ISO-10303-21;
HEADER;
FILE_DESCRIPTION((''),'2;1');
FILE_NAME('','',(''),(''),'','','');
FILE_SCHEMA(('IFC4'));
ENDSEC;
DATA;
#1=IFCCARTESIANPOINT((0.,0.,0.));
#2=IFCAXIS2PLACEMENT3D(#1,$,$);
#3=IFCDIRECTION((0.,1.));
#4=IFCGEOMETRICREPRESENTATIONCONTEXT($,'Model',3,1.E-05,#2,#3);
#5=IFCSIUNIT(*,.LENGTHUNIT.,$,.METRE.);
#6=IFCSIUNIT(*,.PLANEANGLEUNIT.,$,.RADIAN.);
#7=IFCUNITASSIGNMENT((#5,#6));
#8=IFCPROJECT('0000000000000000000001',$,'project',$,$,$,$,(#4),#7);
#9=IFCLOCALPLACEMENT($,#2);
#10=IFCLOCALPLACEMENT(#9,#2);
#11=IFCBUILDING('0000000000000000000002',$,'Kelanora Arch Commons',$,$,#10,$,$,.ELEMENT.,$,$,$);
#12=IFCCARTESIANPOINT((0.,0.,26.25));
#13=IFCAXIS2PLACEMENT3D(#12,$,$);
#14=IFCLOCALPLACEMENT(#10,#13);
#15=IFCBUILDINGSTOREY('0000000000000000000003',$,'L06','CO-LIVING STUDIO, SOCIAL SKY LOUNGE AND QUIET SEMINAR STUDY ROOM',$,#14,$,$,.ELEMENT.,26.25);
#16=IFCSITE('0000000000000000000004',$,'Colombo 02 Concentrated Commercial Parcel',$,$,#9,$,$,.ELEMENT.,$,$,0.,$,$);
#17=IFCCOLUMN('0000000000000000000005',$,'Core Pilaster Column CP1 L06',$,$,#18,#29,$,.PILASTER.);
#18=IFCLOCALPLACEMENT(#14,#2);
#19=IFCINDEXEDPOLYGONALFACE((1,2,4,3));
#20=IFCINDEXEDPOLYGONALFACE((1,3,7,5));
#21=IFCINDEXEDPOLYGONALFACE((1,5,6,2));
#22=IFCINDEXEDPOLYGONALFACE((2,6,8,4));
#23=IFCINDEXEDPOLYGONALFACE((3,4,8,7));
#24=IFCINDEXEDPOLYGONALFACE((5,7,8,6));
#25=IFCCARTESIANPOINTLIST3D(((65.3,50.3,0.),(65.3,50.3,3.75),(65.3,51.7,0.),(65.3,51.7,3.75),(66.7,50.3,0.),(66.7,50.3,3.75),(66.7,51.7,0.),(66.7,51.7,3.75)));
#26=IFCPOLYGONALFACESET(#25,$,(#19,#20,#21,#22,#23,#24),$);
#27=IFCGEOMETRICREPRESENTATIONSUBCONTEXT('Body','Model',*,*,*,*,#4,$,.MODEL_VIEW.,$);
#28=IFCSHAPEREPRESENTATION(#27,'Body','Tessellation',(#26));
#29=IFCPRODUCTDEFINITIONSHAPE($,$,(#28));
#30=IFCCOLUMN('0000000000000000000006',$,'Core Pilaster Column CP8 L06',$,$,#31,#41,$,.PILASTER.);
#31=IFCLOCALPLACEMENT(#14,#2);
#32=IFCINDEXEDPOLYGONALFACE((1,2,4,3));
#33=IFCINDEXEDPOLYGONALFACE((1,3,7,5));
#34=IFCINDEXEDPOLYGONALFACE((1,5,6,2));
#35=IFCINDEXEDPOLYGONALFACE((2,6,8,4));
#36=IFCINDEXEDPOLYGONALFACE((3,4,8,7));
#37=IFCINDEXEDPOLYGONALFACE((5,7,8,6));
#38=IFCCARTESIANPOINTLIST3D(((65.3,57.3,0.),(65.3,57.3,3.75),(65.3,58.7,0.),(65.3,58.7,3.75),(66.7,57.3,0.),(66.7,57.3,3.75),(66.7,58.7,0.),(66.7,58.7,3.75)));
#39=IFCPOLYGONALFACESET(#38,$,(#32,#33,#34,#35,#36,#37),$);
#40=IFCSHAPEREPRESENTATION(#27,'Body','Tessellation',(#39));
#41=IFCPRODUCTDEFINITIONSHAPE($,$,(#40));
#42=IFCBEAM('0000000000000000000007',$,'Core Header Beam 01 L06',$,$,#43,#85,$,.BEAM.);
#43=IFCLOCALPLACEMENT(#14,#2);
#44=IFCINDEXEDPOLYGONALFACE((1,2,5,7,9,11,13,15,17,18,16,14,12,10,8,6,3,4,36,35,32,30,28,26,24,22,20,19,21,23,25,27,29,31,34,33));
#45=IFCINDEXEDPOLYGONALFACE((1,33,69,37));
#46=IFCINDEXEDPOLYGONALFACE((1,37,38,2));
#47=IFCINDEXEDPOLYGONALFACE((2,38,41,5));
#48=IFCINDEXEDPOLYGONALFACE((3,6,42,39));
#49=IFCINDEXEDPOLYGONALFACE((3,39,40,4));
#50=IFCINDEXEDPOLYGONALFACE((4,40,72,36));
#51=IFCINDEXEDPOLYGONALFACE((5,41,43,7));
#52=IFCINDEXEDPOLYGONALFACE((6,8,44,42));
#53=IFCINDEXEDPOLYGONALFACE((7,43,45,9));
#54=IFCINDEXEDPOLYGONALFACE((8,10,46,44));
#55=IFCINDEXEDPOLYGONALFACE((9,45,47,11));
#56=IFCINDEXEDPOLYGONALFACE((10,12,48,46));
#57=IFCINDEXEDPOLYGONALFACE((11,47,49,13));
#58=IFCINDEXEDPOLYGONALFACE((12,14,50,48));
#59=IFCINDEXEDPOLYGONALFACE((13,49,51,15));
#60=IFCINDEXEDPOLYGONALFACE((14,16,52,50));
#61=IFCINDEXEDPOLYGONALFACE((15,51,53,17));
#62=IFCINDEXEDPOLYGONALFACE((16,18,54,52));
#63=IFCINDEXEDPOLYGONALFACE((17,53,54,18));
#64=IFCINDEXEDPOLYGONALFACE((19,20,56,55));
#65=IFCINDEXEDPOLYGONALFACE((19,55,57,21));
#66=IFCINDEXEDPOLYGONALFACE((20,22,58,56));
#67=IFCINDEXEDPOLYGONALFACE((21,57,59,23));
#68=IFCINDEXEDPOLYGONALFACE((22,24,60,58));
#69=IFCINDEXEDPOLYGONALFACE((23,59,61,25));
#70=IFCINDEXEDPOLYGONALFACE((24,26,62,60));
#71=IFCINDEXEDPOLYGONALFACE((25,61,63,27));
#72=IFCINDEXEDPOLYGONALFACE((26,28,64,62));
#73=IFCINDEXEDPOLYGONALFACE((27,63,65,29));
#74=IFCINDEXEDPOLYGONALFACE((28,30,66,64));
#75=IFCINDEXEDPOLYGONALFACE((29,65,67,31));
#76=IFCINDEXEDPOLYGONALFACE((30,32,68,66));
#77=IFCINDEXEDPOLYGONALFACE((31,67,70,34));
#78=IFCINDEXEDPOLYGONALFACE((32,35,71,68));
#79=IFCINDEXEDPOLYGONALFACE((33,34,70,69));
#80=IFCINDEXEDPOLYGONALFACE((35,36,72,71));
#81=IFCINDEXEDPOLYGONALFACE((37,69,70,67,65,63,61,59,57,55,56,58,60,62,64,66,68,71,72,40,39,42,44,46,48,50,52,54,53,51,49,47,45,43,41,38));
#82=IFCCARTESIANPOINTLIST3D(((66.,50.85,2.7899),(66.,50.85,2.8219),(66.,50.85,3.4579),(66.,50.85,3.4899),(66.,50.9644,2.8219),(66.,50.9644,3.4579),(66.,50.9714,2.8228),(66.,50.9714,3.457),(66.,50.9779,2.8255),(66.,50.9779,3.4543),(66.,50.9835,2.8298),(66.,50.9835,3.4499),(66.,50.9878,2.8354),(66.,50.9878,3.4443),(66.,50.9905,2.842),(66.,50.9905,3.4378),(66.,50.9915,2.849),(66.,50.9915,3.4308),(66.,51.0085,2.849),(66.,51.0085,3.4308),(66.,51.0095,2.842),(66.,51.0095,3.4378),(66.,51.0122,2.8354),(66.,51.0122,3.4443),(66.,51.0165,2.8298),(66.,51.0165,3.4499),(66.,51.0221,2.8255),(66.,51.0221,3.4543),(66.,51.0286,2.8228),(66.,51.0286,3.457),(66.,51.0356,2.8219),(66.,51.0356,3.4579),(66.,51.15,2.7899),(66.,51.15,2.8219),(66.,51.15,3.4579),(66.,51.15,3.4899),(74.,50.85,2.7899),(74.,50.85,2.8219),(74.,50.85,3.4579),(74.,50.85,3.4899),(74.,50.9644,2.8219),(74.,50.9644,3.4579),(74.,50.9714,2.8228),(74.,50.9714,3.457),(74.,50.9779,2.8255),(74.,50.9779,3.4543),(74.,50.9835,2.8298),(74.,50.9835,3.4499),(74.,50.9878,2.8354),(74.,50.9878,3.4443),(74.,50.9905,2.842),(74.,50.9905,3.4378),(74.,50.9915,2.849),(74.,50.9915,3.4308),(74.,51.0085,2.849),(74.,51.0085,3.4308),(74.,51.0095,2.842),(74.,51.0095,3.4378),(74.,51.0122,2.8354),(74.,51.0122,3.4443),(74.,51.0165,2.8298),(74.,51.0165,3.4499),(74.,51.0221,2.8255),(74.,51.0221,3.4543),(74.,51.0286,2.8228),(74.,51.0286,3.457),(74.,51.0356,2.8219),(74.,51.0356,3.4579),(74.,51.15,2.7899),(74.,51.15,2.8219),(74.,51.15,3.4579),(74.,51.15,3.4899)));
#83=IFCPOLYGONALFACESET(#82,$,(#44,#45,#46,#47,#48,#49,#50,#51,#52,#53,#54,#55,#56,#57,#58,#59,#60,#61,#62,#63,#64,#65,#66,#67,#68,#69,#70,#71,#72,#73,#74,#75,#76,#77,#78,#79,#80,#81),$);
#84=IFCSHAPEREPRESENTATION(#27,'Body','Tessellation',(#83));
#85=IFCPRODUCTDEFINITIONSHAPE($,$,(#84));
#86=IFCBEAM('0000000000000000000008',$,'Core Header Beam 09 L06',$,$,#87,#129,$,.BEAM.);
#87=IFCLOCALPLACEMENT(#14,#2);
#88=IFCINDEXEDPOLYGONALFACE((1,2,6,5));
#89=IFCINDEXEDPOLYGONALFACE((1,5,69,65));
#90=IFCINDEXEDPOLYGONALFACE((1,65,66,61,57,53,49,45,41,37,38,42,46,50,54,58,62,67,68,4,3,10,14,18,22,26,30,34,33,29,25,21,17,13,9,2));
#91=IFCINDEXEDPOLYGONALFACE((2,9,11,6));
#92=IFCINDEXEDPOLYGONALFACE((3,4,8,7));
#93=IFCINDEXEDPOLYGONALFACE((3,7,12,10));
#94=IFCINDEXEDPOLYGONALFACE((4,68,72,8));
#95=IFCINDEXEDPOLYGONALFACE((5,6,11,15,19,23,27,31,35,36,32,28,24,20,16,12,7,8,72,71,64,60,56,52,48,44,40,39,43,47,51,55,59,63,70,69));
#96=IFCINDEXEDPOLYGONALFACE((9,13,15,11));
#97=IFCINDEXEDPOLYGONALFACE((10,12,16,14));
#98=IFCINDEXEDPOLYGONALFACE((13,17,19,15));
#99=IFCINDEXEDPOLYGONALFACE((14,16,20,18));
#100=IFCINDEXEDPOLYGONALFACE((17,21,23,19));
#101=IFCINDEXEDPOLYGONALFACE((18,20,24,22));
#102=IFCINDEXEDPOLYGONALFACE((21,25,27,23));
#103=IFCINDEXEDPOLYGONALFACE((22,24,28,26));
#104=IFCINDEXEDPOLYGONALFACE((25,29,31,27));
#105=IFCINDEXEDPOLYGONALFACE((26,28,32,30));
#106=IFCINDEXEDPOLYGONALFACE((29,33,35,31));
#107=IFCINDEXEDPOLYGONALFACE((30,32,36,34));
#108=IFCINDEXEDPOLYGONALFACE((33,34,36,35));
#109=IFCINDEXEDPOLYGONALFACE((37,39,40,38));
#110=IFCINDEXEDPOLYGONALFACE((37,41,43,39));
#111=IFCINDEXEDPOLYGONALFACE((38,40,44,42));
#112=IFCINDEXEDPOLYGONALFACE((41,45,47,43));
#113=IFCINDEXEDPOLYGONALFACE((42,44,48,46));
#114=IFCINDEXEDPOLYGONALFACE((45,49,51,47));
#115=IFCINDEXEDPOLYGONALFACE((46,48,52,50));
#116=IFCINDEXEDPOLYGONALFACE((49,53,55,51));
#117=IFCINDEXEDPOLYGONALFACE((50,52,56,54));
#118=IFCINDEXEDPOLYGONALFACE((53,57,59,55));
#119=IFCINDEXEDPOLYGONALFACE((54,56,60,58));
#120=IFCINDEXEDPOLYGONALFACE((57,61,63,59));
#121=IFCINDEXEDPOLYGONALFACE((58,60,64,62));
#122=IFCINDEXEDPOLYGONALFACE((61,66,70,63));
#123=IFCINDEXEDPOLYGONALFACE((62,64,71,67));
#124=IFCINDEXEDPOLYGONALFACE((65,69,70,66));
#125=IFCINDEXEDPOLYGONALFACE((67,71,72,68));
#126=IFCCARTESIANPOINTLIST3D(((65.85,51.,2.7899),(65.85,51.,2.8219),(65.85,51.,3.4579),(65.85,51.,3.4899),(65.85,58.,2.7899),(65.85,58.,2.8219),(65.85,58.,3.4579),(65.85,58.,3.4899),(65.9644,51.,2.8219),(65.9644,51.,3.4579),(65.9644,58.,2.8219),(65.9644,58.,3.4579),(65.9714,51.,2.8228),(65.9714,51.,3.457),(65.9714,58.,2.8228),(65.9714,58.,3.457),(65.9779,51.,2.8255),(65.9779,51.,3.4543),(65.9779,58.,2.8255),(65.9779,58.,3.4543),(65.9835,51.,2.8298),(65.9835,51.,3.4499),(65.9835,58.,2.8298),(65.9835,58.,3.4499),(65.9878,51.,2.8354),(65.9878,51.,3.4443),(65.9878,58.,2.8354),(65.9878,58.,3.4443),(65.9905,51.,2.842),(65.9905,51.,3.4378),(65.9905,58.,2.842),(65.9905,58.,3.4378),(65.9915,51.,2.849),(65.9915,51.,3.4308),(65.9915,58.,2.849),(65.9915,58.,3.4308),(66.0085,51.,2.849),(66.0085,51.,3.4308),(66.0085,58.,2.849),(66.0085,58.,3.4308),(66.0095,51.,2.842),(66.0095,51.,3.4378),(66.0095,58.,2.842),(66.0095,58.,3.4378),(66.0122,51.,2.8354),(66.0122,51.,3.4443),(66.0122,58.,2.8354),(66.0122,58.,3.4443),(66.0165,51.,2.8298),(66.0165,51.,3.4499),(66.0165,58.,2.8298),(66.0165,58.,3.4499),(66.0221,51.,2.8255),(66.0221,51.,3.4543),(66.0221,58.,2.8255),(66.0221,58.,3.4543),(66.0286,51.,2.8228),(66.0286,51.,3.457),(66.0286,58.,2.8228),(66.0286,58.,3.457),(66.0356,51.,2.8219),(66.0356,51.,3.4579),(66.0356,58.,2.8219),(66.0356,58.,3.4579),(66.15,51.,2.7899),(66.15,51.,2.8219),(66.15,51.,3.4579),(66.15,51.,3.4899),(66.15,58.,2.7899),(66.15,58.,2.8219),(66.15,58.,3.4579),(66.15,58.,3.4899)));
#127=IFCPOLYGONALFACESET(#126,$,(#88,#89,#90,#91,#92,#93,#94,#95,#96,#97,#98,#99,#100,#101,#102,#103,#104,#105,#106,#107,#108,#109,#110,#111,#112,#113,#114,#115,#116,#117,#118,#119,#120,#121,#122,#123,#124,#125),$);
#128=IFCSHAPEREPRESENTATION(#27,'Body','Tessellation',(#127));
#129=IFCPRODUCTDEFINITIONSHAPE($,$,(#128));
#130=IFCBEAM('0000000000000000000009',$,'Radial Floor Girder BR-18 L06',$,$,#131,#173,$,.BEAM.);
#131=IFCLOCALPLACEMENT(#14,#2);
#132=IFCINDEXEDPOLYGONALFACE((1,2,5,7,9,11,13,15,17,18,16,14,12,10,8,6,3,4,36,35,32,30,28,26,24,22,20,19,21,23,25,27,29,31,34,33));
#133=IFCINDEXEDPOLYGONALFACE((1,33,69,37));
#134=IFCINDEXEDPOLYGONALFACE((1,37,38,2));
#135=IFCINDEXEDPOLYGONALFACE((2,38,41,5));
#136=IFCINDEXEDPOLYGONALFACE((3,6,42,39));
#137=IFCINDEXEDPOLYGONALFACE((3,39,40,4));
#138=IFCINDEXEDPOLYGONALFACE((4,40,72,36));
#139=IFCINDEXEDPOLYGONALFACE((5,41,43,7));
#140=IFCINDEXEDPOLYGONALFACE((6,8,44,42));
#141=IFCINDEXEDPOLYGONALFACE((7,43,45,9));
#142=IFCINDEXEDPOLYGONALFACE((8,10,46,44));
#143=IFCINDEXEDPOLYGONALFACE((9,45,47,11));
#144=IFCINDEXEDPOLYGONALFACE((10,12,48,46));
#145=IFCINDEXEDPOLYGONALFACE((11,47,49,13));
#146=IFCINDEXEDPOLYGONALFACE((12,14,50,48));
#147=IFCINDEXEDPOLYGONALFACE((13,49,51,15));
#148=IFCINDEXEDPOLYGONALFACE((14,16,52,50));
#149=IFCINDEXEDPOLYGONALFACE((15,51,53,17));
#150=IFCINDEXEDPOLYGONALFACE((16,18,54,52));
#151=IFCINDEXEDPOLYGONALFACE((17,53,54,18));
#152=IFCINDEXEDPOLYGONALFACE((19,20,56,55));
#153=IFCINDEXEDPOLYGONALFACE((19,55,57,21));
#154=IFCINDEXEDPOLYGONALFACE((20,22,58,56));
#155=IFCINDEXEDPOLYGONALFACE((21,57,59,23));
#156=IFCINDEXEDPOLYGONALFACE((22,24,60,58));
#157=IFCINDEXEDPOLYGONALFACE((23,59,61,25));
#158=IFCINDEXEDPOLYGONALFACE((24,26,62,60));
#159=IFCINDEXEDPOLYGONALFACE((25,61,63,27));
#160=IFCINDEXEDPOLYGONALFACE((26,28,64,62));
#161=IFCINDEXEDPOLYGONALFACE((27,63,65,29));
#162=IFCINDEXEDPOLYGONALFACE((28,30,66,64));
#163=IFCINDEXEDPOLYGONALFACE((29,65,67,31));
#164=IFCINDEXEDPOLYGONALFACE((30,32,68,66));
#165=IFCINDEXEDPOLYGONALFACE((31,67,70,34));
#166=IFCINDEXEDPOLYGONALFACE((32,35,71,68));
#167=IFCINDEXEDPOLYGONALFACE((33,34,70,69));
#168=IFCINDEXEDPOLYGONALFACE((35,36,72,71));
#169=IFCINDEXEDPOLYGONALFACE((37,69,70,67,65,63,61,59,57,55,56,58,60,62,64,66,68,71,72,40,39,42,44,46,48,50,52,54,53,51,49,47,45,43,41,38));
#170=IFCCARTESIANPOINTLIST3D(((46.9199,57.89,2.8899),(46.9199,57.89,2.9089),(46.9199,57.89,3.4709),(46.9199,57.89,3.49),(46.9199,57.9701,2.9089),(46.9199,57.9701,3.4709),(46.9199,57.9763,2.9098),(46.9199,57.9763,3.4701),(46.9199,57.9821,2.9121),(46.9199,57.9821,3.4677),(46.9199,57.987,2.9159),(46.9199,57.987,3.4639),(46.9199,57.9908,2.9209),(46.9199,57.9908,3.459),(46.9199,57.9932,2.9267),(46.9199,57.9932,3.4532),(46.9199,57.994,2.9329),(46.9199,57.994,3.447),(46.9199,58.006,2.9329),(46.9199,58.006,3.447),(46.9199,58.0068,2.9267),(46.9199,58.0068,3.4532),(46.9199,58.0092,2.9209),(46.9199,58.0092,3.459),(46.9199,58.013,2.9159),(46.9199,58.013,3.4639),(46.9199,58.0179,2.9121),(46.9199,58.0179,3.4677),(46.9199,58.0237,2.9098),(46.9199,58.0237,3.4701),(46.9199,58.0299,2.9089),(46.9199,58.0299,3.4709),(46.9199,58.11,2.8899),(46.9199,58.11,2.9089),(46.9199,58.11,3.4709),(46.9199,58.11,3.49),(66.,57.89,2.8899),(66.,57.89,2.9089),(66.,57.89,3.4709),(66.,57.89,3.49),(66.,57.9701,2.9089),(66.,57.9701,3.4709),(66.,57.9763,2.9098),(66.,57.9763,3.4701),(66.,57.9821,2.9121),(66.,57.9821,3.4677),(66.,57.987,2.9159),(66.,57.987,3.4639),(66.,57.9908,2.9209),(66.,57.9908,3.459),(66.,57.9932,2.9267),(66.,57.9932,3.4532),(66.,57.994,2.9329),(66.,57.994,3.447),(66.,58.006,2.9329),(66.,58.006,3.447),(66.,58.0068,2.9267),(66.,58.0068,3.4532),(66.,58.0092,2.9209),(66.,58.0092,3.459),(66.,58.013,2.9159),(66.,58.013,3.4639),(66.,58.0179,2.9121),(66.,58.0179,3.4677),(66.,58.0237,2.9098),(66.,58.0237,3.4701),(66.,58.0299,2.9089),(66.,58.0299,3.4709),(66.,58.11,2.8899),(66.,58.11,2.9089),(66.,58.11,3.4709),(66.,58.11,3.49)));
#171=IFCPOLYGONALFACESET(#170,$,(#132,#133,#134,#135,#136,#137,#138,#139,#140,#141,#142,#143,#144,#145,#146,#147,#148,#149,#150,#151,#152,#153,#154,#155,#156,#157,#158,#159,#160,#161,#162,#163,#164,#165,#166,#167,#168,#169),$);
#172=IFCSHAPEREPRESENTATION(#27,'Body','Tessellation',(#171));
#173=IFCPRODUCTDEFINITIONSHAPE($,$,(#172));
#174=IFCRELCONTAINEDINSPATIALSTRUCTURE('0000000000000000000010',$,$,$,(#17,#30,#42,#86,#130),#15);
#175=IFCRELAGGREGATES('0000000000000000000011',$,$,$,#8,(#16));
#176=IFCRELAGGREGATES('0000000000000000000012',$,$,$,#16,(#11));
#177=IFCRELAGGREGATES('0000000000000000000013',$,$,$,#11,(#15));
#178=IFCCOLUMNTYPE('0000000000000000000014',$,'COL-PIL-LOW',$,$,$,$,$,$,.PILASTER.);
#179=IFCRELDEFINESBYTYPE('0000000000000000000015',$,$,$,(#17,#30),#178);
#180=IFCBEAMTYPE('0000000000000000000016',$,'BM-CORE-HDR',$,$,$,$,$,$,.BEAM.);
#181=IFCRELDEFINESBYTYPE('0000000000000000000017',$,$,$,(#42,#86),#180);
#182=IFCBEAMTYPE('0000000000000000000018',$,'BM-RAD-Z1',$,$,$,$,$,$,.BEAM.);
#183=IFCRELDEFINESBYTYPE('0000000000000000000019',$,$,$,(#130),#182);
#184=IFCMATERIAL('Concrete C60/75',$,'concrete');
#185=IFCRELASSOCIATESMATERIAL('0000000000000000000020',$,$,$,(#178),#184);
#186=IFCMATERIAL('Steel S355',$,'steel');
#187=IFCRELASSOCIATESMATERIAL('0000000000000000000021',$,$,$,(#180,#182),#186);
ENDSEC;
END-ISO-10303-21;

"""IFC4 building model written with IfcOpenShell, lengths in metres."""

from ifc_helpers import new_model, si_unit, direction, frame, origin, origin_2d, place, context, subcontext, project, spatial, rectangle, i_section, extrude, material, material_profile, profile_set, type_object, element, save


model = new_model("IFC4")

# Units and contexts
model_context = context("Model", 3, precision=1e-05, world=origin(), true_north=direction((0.0, 1.0)))
body_context = subcontext(model_context, "Body", "Model", "MODEL_VIEW")
ifc_project = project(units=[si_unit("LENGTHUNIT", "METRE"), si_unit("PLANEANGLEUNIT", "RADIAN")], contexts=[model_context])

# Site, building, storey
site_placement = place(None, origin())
site = spatial("IfcSite", under=ifc_project, at=site_placement, Name="Colombo 02 Concentrated Commercial Parcel", CompositionType="ELEMENT", RefElevation=0.0)
building_placement = place(site_placement, origin())
building = spatial("IfcBuilding", under=site, at=building_placement, Name="Kelanora Arch Commons", CompositionType="ELEMENT")
storey_placement = place(building_placement, frame((0.0, 0.0, 26.25)))
storey = spatial("IfcBuildingStorey", under=building, at=storey_placement, Name="L06", Description="CO-LIVING STUDIO, SOCIAL SKY LOUNGE AND QUIET SEMINAR STUDY ROOM", CompositionType="ELEMENT", Elevation=26.25)

# Columns
ifc_material_1 = material(Name="Concrete C60/75", Category="concrete")
ifc_material_profile_1 = material_profile(ifc_material_1, rectangle(XDim=1.3999, YDim=1.3999, at=origin_2d()), Name="RC1400x1400")
ifc_profile_set_1 = profile_set([ifc_material_profile_1], Name="Concrete C60/75")
column_type = type_object("IfcColumnType", Name="COL-PIL-LOW", PredefinedType="PILASTER", material=ifc_profile_set_1)
for number, where, z_axis, x_axis, name in (
    (1, (66.0, 51.0, 0.0), (0.0, 0.0, 1.0), (1.0, 0.0, 0.0), "Core Pilaster Column CP1 L06"),
    (2, (66.0, 58.0, 0.0), (0.0, 0.0, 1.0), (1.0, 0.0, 0.0), "Core Pilaster Column CP8 L06"),
):
    element("IfcColumn", number, at=place(storey_placement, frame(where, z_axis=z_axis, x_axis=x_axis)), inside=storey, type_object=column_type, Name=name, PredefinedType="PILASTER", context=body_context, shape_type="SweptSolid", body=[
        extrude(rectangle(XDim=1.3999, YDim=1.3999, at=origin_2d()), origin(), (0.0, 0.0, 1.0), 3.75),
    ])

# Beams
ifc_material_2 = material(Name="Steel S355", Category="steel")
ifc_material_profile_2 = material_profile(ifc_material_2, i_section(OverallWidth=0.3, OverallDepth=0.7, WebThickness=0.0171, FlangeThickness=0.032, FilletRadius=0.0271, at=origin_2d()), Name="HEB700")
ifc_profile_set_2 = profile_set([ifc_material_profile_2], Name="Steel S355")
beam_type_1 = type_object("IfcBeamType", Name="BM-CORE-HDR", PredefinedType="BEAM", material=ifc_profile_set_2)
beam_1_placement = place(storey_placement, frame((66.0, 51.0, 3.1399), z_axis=(1.0, 0.0, 0.0), x_axis=(0.0, 1.0, 0.0)))
element("IfcBeam", 3, at=beam_1_placement, inside=storey, type_object=beam_type_1, Name="Core Header Beam 01 L06", PredefinedType="BEAM", context=body_context, shape_type="SweptSolid", body=[
    extrude(i_section(OverallWidth=0.3, OverallDepth=0.7, WebThickness=0.0171, FlangeThickness=0.032, FilletRadius=0.0271, at=origin_2d()), origin(), (0.0, 0.0, 1.0), 8.0),
])
beam_2_placement = place(storey_placement, frame((66.0, 58.0, 3.1399), z_axis=(0.0, -1.0, 0.0), x_axis=(1.0, 0.0, 0.0)))
element("IfcBeam", 4, at=beam_2_placement, inside=storey, type_object=beam_type_1, Name="Core Header Beam 09 L06", PredefinedType="BEAM", context=body_context, shape_type="SweptSolid", body=[
    extrude(i_section(OverallWidth=0.3, OverallDepth=0.7, WebThickness=0.0171, FlangeThickness=0.032, FilletRadius=0.0271, at=origin_2d()), origin(), (0.0, 0.0, 1.0), 7.0),
])
ifc_material_profile_3 = material_profile(ifc_material_2, i_section(OverallWidth=0.22, OverallDepth=0.6001, WebThickness=0.012, FlangeThickness=0.019, FilletRadius=0.0239, at=origin_2d()), Name="IPE600")
ifc_profile_set_3 = profile_set([ifc_material_profile_3], Name="Steel S355")
beam_type_2 = type_object("IfcBeamType", Name="BM-RAD-Z1", PredefinedType="BEAM", material=ifc_profile_set_3)
beam_3_placement = place(storey_placement, frame((66.0, 58.0, 3.1899), z_axis=(-1.0, 0.0, 0.0), x_axis=(0.0, -1.0, 0.0)))
element("IfcBeam", 5, at=beam_3_placement, inside=storey, type_object=beam_type_2, Name="Radial Floor Girder BR-18 L06", PredefinedType="BEAM", context=body_context, shape_type="SweptSolid", body=[
    extrude(i_section(OverallWidth=0.22, OverallDepth=0.6001, WebThickness=0.012, FlangeThickness=0.019, FilletRadius=0.0239, at=origin_2d()), origin(), (0.0, 0.0, 1.0), 19.0801),
])

save(model, "model.ifc")
